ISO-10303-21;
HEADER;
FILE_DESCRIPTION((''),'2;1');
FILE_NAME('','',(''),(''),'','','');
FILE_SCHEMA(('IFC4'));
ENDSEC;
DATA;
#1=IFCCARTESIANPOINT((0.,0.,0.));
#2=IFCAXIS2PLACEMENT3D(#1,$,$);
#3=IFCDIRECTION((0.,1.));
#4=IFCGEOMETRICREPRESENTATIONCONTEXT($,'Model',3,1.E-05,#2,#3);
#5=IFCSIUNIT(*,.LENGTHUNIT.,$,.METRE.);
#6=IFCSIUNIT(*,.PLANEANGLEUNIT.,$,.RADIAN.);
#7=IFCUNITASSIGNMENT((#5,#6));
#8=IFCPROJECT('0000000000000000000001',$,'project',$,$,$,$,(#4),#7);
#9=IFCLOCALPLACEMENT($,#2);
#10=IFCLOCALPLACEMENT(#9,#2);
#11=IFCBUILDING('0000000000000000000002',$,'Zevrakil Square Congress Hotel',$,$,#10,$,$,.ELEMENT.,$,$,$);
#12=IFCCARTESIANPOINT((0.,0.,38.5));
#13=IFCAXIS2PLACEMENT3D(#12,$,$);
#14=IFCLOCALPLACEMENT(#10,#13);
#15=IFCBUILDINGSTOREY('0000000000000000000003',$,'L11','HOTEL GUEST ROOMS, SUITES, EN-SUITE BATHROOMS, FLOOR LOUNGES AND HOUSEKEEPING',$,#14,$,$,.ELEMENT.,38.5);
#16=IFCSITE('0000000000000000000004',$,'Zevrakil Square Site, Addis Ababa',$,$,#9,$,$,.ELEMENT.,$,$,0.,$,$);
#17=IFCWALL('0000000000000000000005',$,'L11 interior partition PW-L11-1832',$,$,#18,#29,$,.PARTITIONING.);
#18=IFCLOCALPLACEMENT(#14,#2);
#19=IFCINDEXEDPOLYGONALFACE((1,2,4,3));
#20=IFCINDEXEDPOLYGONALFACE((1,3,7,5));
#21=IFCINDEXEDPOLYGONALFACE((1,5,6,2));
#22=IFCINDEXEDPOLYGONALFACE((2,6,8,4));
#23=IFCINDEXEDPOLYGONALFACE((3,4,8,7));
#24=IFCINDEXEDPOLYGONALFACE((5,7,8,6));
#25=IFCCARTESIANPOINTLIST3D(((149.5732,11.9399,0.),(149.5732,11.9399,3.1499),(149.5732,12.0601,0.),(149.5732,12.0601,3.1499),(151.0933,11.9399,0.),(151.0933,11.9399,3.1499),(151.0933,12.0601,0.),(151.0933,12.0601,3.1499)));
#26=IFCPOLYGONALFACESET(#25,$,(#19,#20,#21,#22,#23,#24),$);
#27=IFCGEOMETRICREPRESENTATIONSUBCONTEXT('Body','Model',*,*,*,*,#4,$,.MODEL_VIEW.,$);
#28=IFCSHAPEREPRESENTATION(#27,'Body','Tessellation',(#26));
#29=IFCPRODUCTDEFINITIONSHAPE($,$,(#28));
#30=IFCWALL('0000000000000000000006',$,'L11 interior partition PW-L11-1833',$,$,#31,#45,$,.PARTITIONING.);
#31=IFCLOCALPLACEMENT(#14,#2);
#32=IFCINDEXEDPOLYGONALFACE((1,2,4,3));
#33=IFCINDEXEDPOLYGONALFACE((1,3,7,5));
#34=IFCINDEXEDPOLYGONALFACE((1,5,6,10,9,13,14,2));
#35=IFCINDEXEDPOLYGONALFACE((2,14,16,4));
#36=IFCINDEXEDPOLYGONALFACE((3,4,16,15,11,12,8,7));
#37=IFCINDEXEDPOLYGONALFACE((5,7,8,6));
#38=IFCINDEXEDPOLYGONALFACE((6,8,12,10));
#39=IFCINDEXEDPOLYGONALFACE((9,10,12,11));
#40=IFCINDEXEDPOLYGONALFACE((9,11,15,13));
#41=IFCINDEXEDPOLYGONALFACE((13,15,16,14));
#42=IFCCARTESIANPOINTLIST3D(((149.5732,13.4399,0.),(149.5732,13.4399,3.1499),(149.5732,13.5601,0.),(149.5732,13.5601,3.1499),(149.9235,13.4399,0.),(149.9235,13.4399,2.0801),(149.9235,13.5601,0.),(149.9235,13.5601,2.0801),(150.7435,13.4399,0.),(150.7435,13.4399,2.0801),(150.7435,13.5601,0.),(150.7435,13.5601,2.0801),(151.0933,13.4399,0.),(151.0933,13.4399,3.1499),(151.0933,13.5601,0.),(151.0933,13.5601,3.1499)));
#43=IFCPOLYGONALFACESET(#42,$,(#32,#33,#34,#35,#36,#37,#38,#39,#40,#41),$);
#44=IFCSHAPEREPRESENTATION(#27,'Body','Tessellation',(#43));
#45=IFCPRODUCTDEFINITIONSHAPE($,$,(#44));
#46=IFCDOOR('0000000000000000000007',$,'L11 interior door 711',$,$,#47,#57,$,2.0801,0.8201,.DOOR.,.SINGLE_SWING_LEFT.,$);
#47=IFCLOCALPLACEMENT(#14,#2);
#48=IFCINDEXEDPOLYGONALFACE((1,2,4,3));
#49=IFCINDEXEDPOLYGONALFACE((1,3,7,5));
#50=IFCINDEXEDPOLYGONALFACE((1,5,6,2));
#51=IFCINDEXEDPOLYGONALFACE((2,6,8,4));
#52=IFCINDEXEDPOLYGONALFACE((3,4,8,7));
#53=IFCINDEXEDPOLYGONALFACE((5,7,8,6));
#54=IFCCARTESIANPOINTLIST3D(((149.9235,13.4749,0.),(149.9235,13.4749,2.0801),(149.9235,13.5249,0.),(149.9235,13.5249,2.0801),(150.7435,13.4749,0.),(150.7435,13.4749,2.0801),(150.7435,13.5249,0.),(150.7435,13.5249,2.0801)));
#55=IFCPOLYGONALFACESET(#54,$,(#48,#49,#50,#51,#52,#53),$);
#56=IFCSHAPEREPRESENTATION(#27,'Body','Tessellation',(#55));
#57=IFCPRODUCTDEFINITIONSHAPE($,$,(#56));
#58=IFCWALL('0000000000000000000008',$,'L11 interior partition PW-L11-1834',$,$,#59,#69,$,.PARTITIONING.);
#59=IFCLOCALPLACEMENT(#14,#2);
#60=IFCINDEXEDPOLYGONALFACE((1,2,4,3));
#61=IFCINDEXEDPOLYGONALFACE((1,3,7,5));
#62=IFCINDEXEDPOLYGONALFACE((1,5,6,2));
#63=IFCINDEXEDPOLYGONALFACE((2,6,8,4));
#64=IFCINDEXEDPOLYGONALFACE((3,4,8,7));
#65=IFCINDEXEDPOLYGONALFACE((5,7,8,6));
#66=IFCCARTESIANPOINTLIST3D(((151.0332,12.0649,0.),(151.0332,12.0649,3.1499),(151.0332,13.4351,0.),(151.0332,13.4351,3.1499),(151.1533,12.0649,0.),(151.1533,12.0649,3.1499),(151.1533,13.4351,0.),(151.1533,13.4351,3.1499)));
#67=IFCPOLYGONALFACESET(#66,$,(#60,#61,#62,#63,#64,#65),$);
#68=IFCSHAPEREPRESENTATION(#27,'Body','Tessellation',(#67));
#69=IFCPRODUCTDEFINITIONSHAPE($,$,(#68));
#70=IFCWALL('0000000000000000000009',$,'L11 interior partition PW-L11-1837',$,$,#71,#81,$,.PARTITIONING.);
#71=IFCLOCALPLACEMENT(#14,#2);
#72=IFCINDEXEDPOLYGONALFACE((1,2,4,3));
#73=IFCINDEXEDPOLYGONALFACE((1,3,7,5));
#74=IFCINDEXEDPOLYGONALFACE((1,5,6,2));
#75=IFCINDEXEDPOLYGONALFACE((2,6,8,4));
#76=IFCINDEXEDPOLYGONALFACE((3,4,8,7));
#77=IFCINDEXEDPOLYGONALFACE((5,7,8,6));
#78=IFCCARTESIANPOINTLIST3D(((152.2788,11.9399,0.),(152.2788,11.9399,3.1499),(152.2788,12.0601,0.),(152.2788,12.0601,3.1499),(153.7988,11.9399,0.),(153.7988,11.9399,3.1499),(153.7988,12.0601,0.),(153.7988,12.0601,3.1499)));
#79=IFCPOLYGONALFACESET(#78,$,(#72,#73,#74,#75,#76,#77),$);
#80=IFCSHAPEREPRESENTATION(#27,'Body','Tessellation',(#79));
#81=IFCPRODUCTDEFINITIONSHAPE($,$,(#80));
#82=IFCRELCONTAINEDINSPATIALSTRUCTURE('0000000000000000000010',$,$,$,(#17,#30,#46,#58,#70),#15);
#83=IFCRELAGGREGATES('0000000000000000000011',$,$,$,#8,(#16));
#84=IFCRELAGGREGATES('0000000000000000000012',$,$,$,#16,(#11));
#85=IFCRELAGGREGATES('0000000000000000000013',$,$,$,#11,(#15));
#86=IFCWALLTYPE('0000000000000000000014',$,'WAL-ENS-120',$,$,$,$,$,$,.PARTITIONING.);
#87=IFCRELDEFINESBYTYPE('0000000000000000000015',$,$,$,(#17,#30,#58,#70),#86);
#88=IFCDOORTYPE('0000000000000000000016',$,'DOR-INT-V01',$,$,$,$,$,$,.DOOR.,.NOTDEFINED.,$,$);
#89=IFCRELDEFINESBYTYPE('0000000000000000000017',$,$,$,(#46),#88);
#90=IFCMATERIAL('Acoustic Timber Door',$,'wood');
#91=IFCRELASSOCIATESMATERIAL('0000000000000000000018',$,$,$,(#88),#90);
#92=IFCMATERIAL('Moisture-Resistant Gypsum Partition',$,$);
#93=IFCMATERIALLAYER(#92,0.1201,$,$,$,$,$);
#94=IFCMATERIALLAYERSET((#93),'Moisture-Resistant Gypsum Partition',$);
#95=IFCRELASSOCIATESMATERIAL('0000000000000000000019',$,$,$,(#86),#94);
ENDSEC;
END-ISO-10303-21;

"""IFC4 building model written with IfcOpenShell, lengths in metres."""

from ifc_helpers import new_model, si_unit, direction, frame, frame_2d, origin, place, context, subcontext, project, spatial, rectangle, extrude, material, layer, layer_set, type_object, element, fill, save


model = new_model("IFC4")

# Units and contexts
model_context = context("Model", 3, precision=1e-05, world=origin(), true_north=direction((0.0, 1.0)))
body_context = subcontext(model_context, "Body", "Model", "MODEL_VIEW")
ifc_project = project(units=[si_unit("LENGTHUNIT", "METRE"), si_unit("PLANEANGLEUNIT", "RADIAN")], contexts=[model_context])

# Site, building, storey
site_placement = place(None, origin())
site = spatial("IfcSite", under=ifc_project, at=site_placement, Name="Zevrakil Square Site, Addis Ababa", CompositionType="ELEMENT", RefElevation=0.0)
building_placement = place(site_placement, origin())
building = spatial("IfcBuilding", under=site, at=building_placement, Name="Zevrakil Square Congress Hotel", CompositionType="ELEMENT")
storey_placement = place(building_placement, frame((0.0, 0.0, 38.5)))
storey = spatial("IfcBuildingStorey", under=building, at=storey_placement, Name="L11", Description="HOTEL GUEST ROOMS, SUITES, EN-SUITE BATHROOMS, FLOOR LOUNGES AND HOUSEKEEPING", CompositionType="ELEMENT", Elevation=38.5)

# Shared definitions
ifc_material_1 = material(Name="Acoustic Timber Door", Category="wood")
door_type_1 = type_object("IfcDoorType", Name="DOR-INT-V01", OperationType="NOTDEFINED", PredefinedType="DOOR", material=ifc_material_1)

# Shared definitions
ifc_material_2 = material(Name="Moisture-Resistant Gypsum Partition")
ifc_layer_1 = layer(ifc_material_2, 0.1201)
ifc_layer_set_1 = layer_set([ifc_layer_1], Name="Moisture-Resistant Gypsum Partition")
wall_type_1 = type_object("IfcWallType", Name="WAL-ENS-120", PredefinedType="PARTITIONING", material=ifc_layer_set_1)

# Wall
wall_1_placement = place(storey_placement, frame((149.5732, 12.0, 0.0), z_axis=(0.0, 0.0, 1.0), x_axis=(1.0, 0.0, 0.0)))
element("IfcWall", 1, at=wall_1_placement, inside=storey, type_object=wall_type_1, Name="L11 interior partition PW-L11-1832", PredefinedType="PARTITIONING", context=body_context, shape_type="SweptSolid", body=[
    extrude(rectangle(XDim=1.52, YDim=0.1201, at=frame_2d((0.76, 0.0))), origin(), (0.0, 0.0, 1.0), 3.1499),
])

# Wall, opening, door
wall_2_placement = place(storey_placement, frame((149.5732, 13.5, 0.0), z_axis=(0.0, 0.0, 1.0), x_axis=(1.0, 0.0, 0.0)))
wall_2 = element("IfcWall", 2, at=wall_2_placement, inside=storey, type_object=wall_type_1, Name="L11 interior partition PW-L11-1833", PredefinedType="PARTITIONING", context=body_context, shape_type="SweptSolid", body=[
    extrude(rectangle(XDim=1.52, YDim=0.1201, at=frame_2d((0.76, 0.0))), origin(), (0.0, 0.0, 1.0), 3.1499),
])
opening_1_placement = place(wall_2_placement, frame((0.3501, 0.0, 0.0)))
opening_1 = element("IfcOpeningElement", 3, at=opening_1_placement, cuts=wall_2, PredefinedType="OPENING", context=body_context, shape_type="SweptSolid", body=[
    extrude(rectangle(XDim=0.8201, YDim=2.0801, at=frame_2d((0.4102, 1.04))), frame((0.0, 0.0701, 0.0), z_axis=(0.0, -1.0, 0.0), x_axis=(1.0, 0.0, 0.0)), (0.0, 0.0, 1.0), 0.1401),
])
door_1_placement = place(opening_1_placement, origin())
door_1 = element("IfcDoor", 4, at=door_1_placement, inside=storey, type_object=door_type_1, Name="L11 interior door 711", OperationType="SINGLE_SWING_LEFT", OverallHeight=2.0801, OverallWidth=0.8201, PredefinedType="DOOR", context=body_context, shape_type="SweptSolid", body=[
    extrude(rectangle(XDim=0.8201, YDim=2.0801, at=frame_2d((0.4102, 1.04))), frame((0.0, 0.0249, 0.0), z_axis=(0.0, -1.0, 0.0), x_axis=(1.0, 0.0, 0.0)), (0.0, 0.0, 1.0), 0.05),
])
fill(opening_1, door_1)

# Walls
wall_3_placement = place(storey_placement, frame((151.0933, 12.0649, 0.0), z_axis=(0.0, 0.0, 1.0), x_axis=(0.0, 1.0, 0.0)))
element("IfcWall", 5, at=wall_3_placement, inside=storey, type_object=wall_type_1, Name="L11 interior partition PW-L11-1834", PredefinedType="PARTITIONING", context=body_context, shape_type="SweptSolid", body=[
    extrude(rectangle(XDim=1.3701, YDim=0.1201, at=frame_2d((0.6851, 0.0))), origin(), (0.0, 0.0, 1.0), 3.1499),
])
wall_4_placement = place(storey_placement, frame((152.2788, 12.0, 0.0), z_axis=(0.0, 0.0, 1.0), x_axis=(1.0, 0.0, 0.0)))
element("IfcWall", 6, at=wall_4_placement, inside=storey, type_object=wall_type_1, Name="L11 interior partition PW-L11-1837", PredefinedType="PARTITIONING", context=body_context, shape_type="SweptSolid", body=[
    extrude(rectangle(XDim=1.52, YDim=0.1201, at=frame_2d((0.76, 0.0))), origin(), (0.0, 0.0, 1.0), 3.1499),
])

save(model, "model.ifc")
